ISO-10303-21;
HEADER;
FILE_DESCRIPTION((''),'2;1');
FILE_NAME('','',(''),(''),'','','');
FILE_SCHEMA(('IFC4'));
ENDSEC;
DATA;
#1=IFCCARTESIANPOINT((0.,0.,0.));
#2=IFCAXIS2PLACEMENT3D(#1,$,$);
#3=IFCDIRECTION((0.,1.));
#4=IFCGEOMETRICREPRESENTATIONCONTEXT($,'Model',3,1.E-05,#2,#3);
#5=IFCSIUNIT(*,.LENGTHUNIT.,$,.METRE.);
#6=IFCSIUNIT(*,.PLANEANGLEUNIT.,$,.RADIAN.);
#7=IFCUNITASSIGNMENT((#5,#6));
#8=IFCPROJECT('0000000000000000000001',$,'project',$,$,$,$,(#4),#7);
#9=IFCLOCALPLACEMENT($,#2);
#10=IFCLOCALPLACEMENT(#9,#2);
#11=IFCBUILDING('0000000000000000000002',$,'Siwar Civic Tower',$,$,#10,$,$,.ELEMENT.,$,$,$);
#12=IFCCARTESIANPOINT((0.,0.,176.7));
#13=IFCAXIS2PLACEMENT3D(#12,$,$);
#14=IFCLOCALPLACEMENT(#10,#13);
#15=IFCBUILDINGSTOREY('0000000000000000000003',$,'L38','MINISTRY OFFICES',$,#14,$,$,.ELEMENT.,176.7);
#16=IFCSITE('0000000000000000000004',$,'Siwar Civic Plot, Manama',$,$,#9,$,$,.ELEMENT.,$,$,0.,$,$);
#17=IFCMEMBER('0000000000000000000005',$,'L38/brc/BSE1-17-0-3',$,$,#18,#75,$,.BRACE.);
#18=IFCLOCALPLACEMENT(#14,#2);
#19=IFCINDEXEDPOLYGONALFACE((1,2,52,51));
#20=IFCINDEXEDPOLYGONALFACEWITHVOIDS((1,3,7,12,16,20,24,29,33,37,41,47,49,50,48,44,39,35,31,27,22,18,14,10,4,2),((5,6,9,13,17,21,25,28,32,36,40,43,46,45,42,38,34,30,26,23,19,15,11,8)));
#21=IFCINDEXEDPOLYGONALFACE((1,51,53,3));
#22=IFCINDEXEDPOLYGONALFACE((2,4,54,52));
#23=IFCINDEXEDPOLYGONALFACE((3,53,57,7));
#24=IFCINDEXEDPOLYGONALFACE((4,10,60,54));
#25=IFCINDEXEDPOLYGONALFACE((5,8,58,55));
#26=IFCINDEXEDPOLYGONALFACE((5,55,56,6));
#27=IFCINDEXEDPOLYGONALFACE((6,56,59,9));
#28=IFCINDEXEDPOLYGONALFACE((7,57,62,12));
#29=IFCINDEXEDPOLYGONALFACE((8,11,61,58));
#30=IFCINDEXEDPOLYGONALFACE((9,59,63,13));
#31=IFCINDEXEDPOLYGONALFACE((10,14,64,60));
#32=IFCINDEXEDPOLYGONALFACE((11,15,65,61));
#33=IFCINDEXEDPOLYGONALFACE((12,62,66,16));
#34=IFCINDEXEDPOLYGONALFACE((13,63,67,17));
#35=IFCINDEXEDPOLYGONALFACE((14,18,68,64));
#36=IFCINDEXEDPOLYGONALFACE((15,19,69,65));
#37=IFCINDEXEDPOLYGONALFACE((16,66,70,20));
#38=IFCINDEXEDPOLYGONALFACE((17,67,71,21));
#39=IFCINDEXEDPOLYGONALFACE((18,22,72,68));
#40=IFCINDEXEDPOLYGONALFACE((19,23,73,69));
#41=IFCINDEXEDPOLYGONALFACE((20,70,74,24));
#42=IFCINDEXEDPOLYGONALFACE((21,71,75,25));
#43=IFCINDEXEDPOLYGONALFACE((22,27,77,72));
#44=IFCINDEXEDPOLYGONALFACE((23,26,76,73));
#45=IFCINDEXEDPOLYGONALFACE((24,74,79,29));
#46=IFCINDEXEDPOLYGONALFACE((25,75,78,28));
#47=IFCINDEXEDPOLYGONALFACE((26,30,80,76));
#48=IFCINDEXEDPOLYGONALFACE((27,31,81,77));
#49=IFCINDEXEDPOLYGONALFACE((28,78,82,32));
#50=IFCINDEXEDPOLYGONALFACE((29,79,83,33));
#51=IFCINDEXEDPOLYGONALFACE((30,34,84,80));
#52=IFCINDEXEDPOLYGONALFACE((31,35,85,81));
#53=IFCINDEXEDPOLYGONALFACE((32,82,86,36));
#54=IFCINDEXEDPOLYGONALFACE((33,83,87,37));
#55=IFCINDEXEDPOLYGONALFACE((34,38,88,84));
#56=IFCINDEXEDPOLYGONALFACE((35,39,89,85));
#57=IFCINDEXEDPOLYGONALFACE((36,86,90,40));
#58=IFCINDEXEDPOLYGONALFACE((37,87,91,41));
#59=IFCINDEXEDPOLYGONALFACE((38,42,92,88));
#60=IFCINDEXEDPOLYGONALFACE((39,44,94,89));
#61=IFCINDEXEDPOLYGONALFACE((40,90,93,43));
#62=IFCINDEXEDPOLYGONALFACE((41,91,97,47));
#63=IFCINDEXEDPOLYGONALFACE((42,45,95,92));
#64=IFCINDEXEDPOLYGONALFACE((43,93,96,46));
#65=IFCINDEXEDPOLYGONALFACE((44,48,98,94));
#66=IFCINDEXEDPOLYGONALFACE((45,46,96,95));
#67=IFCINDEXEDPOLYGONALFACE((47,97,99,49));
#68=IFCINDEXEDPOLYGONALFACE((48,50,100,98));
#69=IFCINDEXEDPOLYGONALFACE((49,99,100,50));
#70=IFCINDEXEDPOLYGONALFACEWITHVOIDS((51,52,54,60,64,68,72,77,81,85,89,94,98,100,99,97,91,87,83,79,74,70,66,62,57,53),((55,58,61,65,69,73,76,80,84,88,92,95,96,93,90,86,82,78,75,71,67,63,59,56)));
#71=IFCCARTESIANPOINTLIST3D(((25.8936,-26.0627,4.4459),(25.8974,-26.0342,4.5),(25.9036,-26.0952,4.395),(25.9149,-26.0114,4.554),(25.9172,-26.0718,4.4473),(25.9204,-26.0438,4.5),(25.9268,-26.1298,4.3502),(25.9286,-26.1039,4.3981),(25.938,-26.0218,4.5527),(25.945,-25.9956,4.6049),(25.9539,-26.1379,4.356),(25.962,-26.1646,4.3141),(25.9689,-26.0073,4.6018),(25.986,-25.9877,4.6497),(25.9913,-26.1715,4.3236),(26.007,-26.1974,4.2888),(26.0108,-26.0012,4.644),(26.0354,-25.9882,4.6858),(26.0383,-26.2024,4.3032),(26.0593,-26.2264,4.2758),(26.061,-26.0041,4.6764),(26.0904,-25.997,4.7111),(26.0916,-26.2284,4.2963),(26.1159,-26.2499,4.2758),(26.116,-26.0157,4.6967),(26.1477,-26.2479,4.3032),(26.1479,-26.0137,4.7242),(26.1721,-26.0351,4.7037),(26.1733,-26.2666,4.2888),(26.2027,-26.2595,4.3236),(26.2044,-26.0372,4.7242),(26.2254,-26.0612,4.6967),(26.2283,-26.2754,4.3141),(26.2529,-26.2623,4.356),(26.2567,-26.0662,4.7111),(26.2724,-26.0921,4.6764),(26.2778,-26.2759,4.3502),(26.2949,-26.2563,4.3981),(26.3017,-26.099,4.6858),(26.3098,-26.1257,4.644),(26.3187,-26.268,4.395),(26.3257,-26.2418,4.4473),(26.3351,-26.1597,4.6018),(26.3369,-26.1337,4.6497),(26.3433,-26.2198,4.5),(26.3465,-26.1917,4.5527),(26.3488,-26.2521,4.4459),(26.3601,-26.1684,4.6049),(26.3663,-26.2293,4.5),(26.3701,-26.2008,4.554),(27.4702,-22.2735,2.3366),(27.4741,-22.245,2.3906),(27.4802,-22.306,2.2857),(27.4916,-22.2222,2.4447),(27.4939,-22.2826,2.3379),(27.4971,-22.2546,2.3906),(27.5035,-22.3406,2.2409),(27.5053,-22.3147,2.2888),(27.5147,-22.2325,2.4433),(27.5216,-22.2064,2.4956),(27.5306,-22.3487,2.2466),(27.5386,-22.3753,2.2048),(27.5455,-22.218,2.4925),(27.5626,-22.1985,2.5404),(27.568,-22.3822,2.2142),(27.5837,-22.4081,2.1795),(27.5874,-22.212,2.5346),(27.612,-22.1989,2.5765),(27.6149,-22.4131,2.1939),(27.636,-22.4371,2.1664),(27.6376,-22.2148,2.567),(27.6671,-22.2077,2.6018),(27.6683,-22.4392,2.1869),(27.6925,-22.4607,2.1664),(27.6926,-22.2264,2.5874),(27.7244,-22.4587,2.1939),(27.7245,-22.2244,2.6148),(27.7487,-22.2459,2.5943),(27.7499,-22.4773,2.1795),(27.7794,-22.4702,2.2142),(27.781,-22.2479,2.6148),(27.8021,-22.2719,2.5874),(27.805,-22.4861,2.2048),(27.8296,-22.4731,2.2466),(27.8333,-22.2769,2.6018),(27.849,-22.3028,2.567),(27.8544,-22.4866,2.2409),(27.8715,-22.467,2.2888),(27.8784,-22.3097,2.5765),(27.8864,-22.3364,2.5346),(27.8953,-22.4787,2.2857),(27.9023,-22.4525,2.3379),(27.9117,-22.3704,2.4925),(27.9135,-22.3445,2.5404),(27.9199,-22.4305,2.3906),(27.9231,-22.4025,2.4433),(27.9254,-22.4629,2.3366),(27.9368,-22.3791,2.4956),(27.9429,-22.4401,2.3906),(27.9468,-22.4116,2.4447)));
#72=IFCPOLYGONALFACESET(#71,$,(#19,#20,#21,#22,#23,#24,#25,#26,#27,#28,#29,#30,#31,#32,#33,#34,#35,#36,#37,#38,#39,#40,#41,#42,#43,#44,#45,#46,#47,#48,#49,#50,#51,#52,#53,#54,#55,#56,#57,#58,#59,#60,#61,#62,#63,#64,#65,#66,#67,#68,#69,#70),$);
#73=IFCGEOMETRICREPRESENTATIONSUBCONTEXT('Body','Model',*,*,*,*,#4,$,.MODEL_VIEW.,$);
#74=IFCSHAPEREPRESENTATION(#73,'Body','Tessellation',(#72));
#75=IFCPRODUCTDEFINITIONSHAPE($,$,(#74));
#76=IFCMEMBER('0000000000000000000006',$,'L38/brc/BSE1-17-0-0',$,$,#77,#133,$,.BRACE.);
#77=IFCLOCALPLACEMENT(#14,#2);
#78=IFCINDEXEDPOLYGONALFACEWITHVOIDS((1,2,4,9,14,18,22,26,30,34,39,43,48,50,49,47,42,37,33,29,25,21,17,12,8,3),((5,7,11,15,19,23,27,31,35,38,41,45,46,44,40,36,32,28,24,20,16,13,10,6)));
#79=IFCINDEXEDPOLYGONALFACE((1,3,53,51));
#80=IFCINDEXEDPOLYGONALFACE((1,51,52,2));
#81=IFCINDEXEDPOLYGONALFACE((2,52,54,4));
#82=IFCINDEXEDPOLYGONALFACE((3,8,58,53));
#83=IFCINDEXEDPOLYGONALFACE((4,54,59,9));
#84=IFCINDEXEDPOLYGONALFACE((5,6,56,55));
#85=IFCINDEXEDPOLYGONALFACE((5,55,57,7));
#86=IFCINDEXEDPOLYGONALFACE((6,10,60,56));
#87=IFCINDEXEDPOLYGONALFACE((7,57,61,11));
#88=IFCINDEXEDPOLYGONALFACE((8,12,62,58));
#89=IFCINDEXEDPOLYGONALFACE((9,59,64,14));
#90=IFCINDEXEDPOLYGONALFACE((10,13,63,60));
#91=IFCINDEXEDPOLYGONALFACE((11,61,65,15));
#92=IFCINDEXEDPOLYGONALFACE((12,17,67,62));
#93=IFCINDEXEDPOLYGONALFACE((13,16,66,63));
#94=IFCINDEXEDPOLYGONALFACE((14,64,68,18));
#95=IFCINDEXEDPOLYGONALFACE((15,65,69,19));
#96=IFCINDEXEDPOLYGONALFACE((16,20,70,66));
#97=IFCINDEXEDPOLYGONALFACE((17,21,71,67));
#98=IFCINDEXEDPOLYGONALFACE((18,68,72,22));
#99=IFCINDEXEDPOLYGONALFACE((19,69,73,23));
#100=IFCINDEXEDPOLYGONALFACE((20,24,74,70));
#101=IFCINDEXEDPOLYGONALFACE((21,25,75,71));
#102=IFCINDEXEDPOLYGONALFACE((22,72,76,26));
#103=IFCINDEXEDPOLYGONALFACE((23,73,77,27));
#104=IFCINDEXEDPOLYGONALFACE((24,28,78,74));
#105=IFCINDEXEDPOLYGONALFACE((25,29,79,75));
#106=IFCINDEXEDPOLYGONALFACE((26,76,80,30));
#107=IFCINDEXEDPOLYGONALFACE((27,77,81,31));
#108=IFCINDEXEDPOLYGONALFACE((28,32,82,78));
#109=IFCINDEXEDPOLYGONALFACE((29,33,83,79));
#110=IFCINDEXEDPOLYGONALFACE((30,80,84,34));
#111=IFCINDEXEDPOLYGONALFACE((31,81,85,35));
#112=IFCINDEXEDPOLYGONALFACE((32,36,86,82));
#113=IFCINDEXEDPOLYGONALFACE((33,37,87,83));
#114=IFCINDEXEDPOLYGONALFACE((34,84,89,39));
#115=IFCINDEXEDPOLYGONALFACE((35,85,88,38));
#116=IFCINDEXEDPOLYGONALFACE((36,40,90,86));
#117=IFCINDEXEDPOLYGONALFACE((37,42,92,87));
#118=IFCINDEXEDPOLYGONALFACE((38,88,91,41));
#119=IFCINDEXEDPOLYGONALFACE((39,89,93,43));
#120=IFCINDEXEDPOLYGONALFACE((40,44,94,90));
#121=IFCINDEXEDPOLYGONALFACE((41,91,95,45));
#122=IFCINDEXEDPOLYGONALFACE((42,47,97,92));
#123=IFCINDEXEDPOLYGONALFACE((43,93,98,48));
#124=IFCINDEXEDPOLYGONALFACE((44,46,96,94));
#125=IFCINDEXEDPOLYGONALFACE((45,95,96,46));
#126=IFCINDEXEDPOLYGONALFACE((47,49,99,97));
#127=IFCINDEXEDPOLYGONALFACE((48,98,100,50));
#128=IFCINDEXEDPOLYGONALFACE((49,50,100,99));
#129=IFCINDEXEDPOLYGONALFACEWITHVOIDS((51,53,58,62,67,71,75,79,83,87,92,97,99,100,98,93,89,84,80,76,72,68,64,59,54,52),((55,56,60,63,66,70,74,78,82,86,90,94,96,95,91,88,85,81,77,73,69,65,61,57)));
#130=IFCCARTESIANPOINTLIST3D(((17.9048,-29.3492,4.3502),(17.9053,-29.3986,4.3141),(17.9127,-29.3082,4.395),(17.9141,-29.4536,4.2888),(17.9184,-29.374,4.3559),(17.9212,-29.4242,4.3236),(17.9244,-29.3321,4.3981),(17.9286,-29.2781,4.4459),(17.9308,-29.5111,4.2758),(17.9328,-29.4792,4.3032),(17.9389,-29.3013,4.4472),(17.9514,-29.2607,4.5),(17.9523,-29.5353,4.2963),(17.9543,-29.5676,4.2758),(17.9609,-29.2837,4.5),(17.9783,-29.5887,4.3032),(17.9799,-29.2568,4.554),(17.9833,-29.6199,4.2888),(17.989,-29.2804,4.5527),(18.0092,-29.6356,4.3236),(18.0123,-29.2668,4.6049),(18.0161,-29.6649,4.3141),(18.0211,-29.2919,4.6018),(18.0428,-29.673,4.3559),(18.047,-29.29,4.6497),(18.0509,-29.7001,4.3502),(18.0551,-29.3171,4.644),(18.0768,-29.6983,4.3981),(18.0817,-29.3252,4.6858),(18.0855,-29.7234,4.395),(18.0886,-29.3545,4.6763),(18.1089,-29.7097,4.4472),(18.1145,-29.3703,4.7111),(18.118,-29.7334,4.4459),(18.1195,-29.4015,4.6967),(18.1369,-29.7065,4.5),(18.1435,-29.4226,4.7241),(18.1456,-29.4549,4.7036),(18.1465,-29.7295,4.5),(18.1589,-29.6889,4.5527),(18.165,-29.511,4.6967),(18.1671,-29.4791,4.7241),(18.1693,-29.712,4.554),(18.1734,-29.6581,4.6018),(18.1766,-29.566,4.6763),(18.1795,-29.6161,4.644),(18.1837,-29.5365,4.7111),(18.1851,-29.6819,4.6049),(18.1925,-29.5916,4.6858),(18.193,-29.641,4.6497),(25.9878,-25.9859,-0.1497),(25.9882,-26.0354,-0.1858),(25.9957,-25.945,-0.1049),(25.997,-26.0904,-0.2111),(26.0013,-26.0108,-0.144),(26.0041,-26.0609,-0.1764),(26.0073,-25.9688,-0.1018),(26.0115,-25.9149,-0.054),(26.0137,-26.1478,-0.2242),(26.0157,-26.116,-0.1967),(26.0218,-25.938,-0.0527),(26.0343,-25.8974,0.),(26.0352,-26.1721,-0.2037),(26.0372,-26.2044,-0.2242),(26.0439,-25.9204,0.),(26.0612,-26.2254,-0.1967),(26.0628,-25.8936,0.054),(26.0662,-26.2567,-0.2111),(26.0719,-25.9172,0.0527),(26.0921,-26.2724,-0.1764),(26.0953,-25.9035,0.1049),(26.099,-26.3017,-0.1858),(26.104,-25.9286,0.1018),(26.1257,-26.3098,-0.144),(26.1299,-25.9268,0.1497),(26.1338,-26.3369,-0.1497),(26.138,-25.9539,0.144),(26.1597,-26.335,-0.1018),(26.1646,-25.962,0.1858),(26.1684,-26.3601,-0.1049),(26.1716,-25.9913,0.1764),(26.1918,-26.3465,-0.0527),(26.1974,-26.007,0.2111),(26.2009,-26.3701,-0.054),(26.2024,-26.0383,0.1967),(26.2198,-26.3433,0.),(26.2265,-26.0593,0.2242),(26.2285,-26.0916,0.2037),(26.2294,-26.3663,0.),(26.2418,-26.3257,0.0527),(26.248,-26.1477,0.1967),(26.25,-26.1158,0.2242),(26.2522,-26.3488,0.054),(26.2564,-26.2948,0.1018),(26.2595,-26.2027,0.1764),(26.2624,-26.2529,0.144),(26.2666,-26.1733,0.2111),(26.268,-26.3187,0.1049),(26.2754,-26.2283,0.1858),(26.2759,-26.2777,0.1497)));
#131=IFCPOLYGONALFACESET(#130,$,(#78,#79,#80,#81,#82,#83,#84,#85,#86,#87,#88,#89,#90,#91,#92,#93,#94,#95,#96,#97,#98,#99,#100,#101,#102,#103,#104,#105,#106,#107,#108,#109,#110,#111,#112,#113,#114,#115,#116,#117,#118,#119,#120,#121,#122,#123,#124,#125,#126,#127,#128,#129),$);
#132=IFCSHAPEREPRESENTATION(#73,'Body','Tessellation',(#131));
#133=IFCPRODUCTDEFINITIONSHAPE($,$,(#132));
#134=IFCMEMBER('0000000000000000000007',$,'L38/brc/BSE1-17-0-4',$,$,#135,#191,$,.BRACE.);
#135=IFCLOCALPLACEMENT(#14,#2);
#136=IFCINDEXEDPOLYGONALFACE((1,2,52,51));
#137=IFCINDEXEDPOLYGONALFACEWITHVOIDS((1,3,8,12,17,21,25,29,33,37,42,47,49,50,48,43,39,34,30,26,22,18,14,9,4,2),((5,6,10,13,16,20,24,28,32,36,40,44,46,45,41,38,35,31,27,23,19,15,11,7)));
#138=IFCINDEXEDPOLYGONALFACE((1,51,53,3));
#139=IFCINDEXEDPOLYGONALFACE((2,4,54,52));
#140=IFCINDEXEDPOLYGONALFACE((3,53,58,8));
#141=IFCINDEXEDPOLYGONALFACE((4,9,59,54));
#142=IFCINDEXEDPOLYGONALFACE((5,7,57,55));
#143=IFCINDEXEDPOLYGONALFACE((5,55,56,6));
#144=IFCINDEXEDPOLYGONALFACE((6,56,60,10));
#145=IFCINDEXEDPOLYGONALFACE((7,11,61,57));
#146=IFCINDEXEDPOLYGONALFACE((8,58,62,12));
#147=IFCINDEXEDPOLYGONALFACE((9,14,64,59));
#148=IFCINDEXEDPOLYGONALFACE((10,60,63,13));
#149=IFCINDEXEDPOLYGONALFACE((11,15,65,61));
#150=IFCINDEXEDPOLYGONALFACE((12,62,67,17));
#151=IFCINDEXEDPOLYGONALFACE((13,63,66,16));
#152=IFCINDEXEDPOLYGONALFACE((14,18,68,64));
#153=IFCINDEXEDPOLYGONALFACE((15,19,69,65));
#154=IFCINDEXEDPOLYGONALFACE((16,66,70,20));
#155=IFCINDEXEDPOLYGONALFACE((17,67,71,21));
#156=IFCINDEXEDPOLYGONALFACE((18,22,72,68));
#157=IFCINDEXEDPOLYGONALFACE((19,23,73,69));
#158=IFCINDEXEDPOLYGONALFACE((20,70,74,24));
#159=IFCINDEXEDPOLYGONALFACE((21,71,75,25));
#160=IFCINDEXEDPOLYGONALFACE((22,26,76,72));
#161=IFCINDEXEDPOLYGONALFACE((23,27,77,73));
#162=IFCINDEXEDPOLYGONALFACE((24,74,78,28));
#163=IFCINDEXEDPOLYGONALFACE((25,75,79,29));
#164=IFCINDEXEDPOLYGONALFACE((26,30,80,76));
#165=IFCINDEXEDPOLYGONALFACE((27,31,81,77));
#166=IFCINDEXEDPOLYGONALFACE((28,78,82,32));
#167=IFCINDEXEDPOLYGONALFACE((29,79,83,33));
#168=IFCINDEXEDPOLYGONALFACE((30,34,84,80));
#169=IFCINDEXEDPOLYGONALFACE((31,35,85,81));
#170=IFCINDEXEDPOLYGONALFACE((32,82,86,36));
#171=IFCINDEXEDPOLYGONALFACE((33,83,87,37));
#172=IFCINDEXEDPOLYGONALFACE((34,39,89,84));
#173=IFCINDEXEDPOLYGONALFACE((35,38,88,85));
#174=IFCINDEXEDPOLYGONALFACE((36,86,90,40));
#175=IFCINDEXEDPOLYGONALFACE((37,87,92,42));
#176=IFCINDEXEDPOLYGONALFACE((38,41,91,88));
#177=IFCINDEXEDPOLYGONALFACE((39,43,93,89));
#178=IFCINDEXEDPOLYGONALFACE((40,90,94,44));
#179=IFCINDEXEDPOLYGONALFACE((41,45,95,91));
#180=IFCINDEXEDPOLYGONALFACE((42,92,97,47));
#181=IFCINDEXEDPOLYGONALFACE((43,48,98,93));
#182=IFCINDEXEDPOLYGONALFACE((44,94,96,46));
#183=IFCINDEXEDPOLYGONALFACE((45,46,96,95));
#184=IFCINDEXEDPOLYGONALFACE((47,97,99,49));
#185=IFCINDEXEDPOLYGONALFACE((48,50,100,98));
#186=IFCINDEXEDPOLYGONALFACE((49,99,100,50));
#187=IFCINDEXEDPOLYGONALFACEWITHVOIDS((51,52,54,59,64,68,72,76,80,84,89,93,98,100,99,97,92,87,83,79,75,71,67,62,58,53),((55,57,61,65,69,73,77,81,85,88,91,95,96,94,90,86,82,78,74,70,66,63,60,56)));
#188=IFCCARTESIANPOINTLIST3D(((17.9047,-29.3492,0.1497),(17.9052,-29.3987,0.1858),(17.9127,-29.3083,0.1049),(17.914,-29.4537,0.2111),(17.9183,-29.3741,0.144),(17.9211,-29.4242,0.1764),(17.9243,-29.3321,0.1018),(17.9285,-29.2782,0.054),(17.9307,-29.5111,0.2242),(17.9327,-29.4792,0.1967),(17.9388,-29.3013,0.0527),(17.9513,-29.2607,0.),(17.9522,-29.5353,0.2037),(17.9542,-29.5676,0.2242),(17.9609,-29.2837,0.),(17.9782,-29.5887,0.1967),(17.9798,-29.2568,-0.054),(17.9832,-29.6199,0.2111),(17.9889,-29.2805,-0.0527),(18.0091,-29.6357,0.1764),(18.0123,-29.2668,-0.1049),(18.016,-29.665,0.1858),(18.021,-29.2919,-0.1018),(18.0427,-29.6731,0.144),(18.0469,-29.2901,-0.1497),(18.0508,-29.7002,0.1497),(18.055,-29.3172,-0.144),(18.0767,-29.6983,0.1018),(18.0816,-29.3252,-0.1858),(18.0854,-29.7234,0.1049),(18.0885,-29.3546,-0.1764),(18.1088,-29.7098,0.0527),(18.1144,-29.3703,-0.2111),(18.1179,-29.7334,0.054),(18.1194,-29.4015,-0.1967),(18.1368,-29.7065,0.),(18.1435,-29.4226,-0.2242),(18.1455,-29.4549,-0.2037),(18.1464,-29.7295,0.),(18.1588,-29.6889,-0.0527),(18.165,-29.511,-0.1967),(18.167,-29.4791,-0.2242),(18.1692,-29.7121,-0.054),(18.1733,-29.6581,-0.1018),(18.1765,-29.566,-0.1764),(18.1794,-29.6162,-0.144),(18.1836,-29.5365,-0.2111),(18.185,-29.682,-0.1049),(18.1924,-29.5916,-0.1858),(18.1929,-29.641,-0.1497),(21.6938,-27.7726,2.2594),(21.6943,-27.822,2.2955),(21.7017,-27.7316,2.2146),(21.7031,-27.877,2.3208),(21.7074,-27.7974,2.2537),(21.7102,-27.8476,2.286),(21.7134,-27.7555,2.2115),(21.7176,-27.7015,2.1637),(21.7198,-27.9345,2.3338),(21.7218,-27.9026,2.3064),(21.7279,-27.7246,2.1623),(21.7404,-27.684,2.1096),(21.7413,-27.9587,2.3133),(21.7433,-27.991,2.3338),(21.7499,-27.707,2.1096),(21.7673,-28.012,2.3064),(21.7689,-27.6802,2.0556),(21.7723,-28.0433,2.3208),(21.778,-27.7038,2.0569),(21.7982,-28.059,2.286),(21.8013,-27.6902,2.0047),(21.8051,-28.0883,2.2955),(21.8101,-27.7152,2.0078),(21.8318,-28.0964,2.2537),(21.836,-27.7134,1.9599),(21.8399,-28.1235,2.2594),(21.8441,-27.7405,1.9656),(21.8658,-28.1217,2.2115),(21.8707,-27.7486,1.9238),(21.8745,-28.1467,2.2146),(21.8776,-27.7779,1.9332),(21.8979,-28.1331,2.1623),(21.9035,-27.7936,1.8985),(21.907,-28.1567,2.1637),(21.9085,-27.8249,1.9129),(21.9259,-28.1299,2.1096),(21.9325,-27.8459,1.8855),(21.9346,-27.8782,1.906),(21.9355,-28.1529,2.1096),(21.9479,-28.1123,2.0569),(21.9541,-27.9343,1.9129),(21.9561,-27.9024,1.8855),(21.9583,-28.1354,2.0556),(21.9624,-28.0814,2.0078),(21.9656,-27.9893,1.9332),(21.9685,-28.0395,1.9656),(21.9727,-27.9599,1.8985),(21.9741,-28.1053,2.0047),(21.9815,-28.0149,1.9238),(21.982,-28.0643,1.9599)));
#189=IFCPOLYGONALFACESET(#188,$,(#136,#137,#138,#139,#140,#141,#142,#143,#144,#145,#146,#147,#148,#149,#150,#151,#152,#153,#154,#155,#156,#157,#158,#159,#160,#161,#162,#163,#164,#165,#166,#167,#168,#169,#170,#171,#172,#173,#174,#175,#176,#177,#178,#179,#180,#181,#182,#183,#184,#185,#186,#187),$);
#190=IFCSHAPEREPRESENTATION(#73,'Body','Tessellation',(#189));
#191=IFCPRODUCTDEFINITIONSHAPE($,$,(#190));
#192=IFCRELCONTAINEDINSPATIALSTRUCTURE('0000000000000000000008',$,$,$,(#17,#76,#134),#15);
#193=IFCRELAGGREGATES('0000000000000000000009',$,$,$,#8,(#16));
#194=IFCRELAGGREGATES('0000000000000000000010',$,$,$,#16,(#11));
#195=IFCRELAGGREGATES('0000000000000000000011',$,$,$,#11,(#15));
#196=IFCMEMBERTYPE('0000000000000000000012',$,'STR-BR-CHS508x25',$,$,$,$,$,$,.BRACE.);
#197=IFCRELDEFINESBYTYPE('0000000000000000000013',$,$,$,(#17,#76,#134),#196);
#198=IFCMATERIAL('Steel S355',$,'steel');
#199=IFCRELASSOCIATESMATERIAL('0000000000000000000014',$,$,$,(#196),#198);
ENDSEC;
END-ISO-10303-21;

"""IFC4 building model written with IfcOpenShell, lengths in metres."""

from ifc_helpers import new_model, si_unit, direction, frame, origin, origin_2d, place, context, subcontext, project, spatial, hollow_circle, extrude, material, material_profile, profile_set, type_object, element, save


model = new_model("IFC4")

# Units and contexts
model_context = context("Model", 3, precision=1e-05, world=origin(), true_north=direction((0.0, 1.0)))
body_context = subcontext(model_context, "Body", "Model", "MODEL_VIEW")
ifc_project = project(units=[si_unit("LENGTHUNIT", "METRE"), si_unit("PLANEANGLEUNIT", "RADIAN")], contexts=[model_context])

# Site, building, storey
site_placement = place(None, origin())
site = spatial("IfcSite", under=ifc_project, at=site_placement, Name="Siwar Civic Plot, Manama", CompositionType="ELEMENT", RefElevation=0.0)
building_placement = place(site_placement, origin())
building = spatial("IfcBuilding", under=site, at=building_placement, Name="Siwar Civic Tower", CompositionType="ELEMENT")
storey_placement = place(building_placement, frame((0.0, 0.0, 176.7)))
storey = spatial("IfcBuildingStorey", under=building, at=storey_placement, Name="L38", Description="MINISTRY OFFICES", CompositionType="ELEMENT", Elevation=176.7)

# Members
ifc_material_1 = material(Name="Steel S355", Category="steel")
ifc_material_profile_1 = material_profile(ifc_material_1, hollow_circle(Radius=0.2539, WallThickness=0.0249, at=origin_2d()), Name="CHS508x25")
ifc_profile_set_1 = profile_set([ifc_material_profile_1], Name="Steel S355")
member_type_1 = type_object("IfcMemberType", Name="STR-BR-CHS508x25", PredefinedType="BRACE", material=ifc_profile_set_1)
member_1_placement = place(storey_placement, frame((27.7085, -22.3425, 2.3906), z_axis=(-0.341671, -0.821163, 0.457113), x_axis=(0.923269, -0.384155, 0.0)))
element("IfcMember", 1, at=member_1_placement, inside=storey, type_object=member_type_1, Name="L38/brc/BSE1-17-0-3", PredefinedType="BRACE", context=body_context, shape_type="SweptSolid", body=[
    extrude(hollow_circle(Radius=0.2539, WallThickness=0.0249, at=origin_2d()), origin(), (0.0, 0.0, 1.0), 4.6145),
])
member_2_placement = place(storey_placement, frame((26.1318, -26.1318, 0.0), z_axis=(-0.821143, -0.341671, 0.457149), x_axis=(0.384164, -0.923265, 0.0)))
element("IfcMember", 2, at=member_2_placement, inside=storey, type_object=member_type_1, Name="L38/brc/BSE1-17-0-0", PredefinedType="BRACE", context=body_context, shape_type="SweptSolid", body=[
    extrude(hollow_circle(Radius=0.2539, WallThickness=0.0249, at=origin_2d()), origin(), (0.0, 0.0, 1.0), 9.8435),
])
for number, where, z_axis, x_axis, name in (
    (3, (18.0488, -29.4951, 0.0), (0.821126, 0.341677, 0.457175), (-0.384176, 0.92326, 0.0), "L38/brc/BSE1-17-0-4"),
):
    element("IfcMember", number, at=place(storey_placement, frame(where, z_axis=z_axis, x_axis=x_axis)), inside=storey, type_object=member_type_1, Name=name, PredefinedType="BRACE", context=body_context, shape_type="SweptSolid", body=[
        extrude(hollow_circle(Radius=0.2539, WallThickness=0.0249, at=origin_2d()), origin(), (0.0, 0.0, 1.0), 4.6145),
    ])

save(model, "model.ifc")
